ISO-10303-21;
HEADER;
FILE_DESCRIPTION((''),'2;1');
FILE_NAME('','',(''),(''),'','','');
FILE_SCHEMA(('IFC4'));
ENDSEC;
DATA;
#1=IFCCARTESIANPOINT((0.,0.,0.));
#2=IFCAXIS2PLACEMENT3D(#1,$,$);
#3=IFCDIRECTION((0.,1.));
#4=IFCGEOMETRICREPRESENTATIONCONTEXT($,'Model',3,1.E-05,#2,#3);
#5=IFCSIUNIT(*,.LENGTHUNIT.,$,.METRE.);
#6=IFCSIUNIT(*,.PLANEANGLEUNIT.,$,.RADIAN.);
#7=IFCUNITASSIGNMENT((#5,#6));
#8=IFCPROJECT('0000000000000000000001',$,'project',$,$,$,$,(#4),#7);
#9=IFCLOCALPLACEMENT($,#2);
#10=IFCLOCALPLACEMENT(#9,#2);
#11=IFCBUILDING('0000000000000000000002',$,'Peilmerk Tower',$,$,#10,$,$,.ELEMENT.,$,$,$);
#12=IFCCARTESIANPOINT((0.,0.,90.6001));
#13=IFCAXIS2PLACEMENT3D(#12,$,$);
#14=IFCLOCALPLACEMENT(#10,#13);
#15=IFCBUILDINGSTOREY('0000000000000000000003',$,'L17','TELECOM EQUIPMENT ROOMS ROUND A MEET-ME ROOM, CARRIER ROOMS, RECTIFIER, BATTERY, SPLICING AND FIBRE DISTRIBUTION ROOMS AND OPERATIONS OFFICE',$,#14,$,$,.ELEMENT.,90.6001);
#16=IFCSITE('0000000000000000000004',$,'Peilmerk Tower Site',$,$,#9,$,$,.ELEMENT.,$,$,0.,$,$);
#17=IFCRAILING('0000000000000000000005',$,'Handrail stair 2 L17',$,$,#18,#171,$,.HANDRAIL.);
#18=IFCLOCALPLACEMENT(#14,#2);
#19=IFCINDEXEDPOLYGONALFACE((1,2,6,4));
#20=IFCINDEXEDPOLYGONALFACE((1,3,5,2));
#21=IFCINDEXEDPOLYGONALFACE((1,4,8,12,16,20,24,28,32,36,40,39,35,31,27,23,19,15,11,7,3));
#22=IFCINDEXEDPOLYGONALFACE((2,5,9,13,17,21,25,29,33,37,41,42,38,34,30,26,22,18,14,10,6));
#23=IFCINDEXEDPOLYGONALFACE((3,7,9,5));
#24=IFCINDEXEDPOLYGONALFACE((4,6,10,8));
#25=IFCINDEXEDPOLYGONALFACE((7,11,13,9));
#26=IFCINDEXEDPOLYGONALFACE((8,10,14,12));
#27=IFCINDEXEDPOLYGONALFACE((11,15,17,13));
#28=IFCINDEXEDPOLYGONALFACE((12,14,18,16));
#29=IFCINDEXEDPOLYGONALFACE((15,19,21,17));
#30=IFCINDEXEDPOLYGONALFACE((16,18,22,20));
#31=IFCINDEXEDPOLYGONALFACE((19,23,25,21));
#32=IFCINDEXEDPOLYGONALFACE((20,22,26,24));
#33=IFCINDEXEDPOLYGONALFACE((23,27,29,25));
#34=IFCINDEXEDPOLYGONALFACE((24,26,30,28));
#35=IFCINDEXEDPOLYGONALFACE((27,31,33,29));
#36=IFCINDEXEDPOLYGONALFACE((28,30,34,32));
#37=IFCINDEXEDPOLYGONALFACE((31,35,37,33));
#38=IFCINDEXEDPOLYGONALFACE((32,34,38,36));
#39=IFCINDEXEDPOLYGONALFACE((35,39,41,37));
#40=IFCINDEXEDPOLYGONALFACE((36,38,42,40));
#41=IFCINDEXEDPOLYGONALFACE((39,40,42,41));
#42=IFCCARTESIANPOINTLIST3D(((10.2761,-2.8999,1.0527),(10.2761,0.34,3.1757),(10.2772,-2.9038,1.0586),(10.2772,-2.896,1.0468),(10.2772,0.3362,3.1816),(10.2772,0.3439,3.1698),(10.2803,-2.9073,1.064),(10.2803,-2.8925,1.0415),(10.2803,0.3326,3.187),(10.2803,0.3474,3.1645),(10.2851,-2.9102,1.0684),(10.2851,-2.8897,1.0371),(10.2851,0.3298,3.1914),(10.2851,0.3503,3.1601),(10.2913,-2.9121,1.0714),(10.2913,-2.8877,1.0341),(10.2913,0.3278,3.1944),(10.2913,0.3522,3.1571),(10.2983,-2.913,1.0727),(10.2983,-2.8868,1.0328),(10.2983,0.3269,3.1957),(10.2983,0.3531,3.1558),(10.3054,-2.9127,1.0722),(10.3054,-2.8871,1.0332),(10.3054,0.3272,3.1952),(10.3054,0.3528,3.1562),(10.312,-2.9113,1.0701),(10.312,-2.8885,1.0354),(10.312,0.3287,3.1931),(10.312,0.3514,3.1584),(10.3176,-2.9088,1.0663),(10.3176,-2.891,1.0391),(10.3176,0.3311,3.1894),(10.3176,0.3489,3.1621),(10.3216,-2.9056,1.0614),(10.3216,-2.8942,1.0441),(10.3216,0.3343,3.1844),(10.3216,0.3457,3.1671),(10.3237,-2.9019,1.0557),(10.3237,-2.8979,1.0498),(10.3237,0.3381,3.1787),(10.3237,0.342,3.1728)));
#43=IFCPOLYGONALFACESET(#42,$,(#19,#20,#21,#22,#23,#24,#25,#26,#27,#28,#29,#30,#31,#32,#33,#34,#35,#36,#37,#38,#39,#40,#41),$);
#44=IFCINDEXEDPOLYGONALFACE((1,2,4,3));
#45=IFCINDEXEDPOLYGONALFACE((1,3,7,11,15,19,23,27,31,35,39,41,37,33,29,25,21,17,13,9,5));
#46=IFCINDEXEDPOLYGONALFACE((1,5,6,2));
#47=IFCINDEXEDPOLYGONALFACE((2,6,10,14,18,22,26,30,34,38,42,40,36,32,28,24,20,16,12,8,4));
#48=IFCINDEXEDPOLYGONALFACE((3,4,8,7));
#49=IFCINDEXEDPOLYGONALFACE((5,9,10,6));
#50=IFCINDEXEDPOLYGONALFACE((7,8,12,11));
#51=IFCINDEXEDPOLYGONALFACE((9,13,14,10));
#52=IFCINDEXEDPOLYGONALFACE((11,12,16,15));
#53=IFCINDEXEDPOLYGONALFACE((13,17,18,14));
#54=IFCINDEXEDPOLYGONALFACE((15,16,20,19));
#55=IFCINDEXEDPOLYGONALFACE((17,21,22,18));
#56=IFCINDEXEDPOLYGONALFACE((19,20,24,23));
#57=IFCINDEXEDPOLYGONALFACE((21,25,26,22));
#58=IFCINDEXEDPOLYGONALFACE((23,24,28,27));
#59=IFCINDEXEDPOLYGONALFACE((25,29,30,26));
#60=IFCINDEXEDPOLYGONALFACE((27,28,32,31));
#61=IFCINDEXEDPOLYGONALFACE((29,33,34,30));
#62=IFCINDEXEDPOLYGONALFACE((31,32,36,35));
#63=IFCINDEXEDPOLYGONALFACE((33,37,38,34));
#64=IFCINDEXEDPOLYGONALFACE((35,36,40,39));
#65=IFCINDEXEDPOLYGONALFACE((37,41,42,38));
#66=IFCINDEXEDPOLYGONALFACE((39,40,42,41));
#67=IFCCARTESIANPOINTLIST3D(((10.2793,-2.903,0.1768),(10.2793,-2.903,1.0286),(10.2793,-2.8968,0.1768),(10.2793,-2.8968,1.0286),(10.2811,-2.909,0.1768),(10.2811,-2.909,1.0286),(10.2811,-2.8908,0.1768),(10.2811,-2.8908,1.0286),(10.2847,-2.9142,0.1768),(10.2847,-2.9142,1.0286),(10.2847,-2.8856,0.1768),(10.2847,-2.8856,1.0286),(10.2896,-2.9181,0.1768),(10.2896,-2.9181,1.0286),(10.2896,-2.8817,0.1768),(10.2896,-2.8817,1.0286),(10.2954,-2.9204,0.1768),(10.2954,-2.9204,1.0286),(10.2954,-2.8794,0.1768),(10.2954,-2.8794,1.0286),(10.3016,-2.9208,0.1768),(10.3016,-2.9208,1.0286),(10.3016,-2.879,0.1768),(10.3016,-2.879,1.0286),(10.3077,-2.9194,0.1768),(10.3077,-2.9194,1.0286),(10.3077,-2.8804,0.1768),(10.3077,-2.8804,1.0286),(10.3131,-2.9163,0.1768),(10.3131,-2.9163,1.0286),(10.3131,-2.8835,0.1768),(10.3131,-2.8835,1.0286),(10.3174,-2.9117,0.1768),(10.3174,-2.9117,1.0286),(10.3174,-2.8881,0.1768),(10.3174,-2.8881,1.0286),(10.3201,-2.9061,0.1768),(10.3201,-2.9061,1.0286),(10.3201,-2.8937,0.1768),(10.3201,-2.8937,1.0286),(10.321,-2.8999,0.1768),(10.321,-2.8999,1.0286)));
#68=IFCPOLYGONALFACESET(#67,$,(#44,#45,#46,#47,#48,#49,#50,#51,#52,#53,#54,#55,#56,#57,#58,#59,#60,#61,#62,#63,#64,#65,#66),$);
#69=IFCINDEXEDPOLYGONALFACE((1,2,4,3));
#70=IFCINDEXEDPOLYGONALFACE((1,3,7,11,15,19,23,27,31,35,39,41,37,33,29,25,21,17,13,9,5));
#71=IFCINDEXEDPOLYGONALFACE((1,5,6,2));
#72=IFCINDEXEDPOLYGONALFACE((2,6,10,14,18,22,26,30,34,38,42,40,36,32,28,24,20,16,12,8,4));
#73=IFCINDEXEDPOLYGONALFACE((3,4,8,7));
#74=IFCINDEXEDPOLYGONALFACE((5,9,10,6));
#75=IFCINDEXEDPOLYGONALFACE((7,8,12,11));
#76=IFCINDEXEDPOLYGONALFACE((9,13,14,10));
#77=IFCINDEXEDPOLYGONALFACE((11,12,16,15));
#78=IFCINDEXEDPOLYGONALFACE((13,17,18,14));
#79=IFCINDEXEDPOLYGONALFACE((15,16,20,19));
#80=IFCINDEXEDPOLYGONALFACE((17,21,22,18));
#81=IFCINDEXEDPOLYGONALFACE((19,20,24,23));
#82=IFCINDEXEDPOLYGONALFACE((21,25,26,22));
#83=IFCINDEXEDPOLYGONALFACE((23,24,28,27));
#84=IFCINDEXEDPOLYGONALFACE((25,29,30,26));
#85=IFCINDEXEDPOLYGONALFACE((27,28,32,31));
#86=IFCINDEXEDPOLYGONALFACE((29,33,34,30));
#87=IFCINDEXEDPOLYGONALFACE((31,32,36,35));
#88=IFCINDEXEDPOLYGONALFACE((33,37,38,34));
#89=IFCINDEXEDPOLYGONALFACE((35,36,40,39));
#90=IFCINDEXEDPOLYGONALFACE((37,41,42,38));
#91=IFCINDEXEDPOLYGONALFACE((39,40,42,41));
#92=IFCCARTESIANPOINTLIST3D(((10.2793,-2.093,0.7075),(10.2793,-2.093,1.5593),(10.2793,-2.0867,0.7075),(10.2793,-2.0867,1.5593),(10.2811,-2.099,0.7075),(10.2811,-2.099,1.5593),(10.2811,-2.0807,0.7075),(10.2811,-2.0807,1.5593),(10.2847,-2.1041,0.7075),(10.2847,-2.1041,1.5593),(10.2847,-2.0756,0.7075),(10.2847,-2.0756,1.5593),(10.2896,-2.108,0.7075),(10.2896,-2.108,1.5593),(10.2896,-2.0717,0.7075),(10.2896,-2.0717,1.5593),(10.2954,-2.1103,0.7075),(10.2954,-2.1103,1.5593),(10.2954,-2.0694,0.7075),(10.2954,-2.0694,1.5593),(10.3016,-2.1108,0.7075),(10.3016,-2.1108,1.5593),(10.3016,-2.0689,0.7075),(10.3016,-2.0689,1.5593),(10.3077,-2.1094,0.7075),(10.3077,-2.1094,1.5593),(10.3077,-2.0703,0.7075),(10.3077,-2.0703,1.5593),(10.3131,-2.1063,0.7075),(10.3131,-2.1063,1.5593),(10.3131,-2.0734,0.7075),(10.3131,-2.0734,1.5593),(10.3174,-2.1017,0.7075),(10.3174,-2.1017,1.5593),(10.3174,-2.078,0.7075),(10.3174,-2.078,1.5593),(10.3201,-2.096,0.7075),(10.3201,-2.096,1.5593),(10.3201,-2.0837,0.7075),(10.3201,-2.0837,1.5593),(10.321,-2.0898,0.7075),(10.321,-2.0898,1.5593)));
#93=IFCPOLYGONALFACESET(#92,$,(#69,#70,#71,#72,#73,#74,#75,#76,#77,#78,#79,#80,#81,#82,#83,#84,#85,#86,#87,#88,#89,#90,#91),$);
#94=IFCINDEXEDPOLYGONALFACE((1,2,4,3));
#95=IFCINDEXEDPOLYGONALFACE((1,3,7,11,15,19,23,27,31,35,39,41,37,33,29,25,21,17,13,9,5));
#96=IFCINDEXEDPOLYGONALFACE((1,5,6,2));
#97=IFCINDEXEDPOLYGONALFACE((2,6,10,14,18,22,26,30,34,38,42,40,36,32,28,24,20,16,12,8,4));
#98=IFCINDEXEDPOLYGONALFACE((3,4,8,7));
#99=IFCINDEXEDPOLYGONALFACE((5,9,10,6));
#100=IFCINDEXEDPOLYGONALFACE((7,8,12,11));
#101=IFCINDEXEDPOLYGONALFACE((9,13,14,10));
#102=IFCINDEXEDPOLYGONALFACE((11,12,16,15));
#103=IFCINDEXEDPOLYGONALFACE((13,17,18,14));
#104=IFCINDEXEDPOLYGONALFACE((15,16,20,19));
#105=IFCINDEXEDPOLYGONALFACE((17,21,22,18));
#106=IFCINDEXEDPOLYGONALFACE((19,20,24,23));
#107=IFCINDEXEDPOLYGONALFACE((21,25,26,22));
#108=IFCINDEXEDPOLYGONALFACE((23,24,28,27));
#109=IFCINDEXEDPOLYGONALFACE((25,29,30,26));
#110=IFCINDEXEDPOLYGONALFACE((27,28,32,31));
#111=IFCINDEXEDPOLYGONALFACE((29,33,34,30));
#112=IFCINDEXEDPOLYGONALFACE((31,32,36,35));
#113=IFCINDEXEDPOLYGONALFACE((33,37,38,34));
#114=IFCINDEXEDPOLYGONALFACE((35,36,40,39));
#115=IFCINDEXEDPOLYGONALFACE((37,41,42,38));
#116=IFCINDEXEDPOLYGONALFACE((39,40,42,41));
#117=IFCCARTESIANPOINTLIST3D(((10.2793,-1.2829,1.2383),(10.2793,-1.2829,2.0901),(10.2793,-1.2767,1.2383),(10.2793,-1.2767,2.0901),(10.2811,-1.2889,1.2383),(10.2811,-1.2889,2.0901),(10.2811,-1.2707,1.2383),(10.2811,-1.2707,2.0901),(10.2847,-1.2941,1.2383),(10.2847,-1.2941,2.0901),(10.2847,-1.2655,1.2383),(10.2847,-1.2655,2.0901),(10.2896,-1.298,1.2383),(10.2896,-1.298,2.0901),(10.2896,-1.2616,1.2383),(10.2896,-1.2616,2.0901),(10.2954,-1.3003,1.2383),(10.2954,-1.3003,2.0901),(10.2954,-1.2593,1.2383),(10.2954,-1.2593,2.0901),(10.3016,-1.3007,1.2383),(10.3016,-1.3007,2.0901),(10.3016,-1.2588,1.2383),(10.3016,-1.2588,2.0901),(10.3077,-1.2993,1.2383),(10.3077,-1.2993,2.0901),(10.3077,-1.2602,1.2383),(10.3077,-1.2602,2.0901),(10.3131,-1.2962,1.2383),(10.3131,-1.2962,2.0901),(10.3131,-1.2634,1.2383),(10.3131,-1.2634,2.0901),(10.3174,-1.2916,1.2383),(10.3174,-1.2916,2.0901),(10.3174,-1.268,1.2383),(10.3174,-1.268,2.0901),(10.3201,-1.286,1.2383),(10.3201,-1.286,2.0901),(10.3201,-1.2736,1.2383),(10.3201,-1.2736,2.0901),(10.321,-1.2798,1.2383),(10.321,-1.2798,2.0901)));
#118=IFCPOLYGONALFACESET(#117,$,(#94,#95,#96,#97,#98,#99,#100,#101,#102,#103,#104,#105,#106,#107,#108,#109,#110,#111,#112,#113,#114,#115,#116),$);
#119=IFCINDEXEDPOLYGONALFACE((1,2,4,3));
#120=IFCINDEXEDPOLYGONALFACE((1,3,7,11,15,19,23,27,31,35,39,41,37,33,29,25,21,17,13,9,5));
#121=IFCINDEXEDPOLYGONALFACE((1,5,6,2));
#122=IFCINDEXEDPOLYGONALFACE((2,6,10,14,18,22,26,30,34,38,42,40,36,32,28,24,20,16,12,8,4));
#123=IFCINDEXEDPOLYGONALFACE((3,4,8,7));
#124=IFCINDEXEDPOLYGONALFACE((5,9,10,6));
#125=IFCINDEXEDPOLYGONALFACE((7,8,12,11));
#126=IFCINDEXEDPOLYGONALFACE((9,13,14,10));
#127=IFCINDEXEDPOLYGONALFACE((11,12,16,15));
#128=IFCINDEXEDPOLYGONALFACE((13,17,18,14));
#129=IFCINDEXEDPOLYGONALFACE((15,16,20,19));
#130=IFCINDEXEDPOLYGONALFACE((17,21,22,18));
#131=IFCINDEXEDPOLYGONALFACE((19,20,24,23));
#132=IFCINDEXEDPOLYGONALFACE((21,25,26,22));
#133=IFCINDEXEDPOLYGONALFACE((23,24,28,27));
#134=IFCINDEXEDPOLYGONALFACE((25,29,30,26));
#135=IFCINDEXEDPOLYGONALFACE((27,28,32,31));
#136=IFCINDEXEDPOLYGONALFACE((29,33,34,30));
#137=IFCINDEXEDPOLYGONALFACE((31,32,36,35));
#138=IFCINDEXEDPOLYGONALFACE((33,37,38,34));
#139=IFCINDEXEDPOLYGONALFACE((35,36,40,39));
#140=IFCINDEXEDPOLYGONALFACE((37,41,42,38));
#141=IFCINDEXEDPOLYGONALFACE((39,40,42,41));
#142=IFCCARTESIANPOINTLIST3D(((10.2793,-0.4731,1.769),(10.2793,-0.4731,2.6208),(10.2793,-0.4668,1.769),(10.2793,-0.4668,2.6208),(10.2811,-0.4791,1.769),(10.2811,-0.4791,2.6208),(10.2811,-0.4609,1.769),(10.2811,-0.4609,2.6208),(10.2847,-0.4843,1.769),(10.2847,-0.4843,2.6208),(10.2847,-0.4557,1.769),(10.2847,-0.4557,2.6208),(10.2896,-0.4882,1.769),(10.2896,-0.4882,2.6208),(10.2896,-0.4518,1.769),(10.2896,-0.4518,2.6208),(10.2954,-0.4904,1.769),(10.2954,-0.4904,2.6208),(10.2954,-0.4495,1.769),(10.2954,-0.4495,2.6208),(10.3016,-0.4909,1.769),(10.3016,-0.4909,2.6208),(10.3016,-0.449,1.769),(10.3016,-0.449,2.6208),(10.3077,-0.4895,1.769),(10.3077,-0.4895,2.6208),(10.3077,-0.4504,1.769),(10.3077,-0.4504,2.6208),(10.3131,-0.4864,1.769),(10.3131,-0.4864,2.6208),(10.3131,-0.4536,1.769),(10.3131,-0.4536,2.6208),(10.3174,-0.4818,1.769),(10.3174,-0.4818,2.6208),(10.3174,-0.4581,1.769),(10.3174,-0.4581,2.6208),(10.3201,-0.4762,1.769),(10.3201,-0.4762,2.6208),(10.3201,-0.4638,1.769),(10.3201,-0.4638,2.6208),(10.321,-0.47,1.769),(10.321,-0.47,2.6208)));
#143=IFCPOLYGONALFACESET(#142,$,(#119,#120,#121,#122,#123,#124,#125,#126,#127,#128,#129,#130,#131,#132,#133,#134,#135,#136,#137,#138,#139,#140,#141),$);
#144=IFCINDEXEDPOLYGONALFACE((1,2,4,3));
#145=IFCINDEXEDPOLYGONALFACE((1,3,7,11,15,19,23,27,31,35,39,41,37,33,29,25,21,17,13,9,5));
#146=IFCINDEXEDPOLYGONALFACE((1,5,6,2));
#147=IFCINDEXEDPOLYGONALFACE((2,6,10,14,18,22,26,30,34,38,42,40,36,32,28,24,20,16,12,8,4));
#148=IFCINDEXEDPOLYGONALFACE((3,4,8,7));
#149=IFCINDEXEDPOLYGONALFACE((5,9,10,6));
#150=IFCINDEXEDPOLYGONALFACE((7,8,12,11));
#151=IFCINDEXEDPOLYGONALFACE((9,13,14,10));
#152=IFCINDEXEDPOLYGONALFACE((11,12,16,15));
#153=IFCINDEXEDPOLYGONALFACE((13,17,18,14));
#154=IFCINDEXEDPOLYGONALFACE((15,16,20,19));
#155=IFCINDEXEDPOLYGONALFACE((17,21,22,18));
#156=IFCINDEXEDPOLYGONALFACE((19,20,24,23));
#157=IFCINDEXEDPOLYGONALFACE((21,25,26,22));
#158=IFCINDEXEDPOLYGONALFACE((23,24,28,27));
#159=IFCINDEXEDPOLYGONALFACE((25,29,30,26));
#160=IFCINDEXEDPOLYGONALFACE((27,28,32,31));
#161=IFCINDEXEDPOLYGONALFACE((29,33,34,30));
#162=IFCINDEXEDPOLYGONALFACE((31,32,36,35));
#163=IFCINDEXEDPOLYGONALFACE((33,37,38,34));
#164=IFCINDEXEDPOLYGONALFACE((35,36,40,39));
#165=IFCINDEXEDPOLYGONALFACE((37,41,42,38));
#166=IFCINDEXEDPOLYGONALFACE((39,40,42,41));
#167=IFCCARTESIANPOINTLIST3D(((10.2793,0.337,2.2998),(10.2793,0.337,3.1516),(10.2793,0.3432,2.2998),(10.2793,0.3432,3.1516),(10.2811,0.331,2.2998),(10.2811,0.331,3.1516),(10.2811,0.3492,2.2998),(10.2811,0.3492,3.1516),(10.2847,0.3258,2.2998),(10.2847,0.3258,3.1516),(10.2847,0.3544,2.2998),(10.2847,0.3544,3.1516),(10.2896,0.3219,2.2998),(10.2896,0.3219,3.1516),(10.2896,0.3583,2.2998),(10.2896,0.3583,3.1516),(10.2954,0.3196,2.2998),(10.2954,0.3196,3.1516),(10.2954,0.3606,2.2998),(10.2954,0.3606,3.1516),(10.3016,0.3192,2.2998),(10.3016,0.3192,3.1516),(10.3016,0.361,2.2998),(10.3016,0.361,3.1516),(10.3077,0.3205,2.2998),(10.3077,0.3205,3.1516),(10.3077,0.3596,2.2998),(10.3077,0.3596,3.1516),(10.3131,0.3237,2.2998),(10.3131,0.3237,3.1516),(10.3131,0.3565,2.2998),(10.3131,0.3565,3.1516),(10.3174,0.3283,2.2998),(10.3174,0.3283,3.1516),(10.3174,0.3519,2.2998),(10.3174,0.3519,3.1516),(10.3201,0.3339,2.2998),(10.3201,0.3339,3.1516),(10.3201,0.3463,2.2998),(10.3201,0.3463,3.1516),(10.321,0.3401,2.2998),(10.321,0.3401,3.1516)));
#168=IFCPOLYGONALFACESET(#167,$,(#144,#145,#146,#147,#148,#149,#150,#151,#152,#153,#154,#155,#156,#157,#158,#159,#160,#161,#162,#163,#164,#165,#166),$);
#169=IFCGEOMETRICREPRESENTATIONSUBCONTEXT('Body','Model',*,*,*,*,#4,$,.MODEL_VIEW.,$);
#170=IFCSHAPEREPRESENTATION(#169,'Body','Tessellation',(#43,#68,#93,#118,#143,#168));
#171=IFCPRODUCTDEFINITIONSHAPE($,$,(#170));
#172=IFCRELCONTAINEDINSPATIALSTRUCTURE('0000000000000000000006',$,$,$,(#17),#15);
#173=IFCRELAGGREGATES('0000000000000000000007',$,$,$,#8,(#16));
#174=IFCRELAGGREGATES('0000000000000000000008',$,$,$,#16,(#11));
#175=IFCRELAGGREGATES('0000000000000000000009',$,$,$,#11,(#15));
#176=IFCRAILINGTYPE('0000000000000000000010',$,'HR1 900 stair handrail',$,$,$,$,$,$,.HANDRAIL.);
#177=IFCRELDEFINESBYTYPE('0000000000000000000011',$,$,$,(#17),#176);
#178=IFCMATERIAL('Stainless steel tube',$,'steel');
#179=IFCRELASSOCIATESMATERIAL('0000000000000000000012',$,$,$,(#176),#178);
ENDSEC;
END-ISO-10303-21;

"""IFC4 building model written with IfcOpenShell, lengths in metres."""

from ifc_helpers import new_model, si_unit, direction, frame, origin, origin_2d, place, context, subcontext, project, spatial, circle, extrude, material, type_object, element, save


model = new_model("IFC4")

# Units and contexts
model_context = context("Model", 3, precision=1e-05, world=origin(), true_north=direction((0.0, 1.0)))
body_context = subcontext(model_context, "Body", "Model", "MODEL_VIEW")
ifc_project = project(units=[si_unit("LENGTHUNIT", "METRE"), si_unit("PLANEANGLEUNIT", "RADIAN")], contexts=[model_context])

# Site, building, storey
site_placement = place(None, origin())
site = spatial("IfcSite", under=ifc_project, at=site_placement, Name="Peilmerk Tower Site", CompositionType="ELEMENT", RefElevation=0.0)
building_placement = place(site_placement, origin())
building = spatial("IfcBuilding", under=site, at=building_placement, Name="Peilmerk Tower", CompositionType="ELEMENT")
storey_placement = place(building_placement, frame((0.0, 0.0, 90.6001)))
storey = spatial("IfcBuildingStorey", under=building, at=storey_placement, Name="L17", Description="TELECOM EQUIPMENT ROOMS ROUND A MEET-ME ROOM, CARRIER ROOMS, RECTIFIER, BATTERY, SPLICING AND FIBRE DISTRIBUTION ROOMS AND OPERATIONS OFFICE", CompositionType="ELEMENT", Elevation=90.6001)

# Railing
ifc_material_1 = material(Name="Stainless steel tube", Category="steel")
railing_type_1 = type_object("IfcRailingType", Name="HR1 900 stair handrail", PredefinedType="HANDRAIL", material=ifc_material_1)
railing_1_placement = place(storey_placement, frame((10.3, -2.8999, 0.1768)))
element("IfcRailing", 1, at=railing_1_placement, inside=storey, type_object=railing_type_1, Name="Handrail stair 2 L17", PredefinedType="HANDRAIL", context=body_context, shape_type="SweptSolid", body=[
    extrude(circle(Radius=0.0239, at=origin_2d()), frame((0.0, 0.0, 0.876), z_axis=(0.0, 0.836426, 0.548079), x_axis=(-1.0, 0.0, 0.0)), (0.0, 0.0, 1.0), 3.8735),
    extrude(circle(Radius=0.021, at=origin_2d()), origin(), (0.0, 0.0, 1.0), 0.8518),
    extrude(circle(Radius=0.021, at=origin_2d()), frame((0.0, 0.8101, 0.5308)), (0.0, 0.0, 1.0), 0.8518),
    extrude(circle(Radius=0.021, at=origin_2d()), frame((0.0, 1.6201, 1.0615)), (0.0, 0.0, 1.0), 0.8518),
    extrude(circle(Radius=0.021, at=origin_2d()), frame((0.0, 2.4299, 1.5923)), (0.0, 0.0, 1.0), 0.8518),
    extrude(circle(Radius=0.021, at=origin_2d()), frame((0.0, 3.24, 2.123)), (0.0, 0.0, 1.0), 0.8518),
])

save(model, "model.ifc")
